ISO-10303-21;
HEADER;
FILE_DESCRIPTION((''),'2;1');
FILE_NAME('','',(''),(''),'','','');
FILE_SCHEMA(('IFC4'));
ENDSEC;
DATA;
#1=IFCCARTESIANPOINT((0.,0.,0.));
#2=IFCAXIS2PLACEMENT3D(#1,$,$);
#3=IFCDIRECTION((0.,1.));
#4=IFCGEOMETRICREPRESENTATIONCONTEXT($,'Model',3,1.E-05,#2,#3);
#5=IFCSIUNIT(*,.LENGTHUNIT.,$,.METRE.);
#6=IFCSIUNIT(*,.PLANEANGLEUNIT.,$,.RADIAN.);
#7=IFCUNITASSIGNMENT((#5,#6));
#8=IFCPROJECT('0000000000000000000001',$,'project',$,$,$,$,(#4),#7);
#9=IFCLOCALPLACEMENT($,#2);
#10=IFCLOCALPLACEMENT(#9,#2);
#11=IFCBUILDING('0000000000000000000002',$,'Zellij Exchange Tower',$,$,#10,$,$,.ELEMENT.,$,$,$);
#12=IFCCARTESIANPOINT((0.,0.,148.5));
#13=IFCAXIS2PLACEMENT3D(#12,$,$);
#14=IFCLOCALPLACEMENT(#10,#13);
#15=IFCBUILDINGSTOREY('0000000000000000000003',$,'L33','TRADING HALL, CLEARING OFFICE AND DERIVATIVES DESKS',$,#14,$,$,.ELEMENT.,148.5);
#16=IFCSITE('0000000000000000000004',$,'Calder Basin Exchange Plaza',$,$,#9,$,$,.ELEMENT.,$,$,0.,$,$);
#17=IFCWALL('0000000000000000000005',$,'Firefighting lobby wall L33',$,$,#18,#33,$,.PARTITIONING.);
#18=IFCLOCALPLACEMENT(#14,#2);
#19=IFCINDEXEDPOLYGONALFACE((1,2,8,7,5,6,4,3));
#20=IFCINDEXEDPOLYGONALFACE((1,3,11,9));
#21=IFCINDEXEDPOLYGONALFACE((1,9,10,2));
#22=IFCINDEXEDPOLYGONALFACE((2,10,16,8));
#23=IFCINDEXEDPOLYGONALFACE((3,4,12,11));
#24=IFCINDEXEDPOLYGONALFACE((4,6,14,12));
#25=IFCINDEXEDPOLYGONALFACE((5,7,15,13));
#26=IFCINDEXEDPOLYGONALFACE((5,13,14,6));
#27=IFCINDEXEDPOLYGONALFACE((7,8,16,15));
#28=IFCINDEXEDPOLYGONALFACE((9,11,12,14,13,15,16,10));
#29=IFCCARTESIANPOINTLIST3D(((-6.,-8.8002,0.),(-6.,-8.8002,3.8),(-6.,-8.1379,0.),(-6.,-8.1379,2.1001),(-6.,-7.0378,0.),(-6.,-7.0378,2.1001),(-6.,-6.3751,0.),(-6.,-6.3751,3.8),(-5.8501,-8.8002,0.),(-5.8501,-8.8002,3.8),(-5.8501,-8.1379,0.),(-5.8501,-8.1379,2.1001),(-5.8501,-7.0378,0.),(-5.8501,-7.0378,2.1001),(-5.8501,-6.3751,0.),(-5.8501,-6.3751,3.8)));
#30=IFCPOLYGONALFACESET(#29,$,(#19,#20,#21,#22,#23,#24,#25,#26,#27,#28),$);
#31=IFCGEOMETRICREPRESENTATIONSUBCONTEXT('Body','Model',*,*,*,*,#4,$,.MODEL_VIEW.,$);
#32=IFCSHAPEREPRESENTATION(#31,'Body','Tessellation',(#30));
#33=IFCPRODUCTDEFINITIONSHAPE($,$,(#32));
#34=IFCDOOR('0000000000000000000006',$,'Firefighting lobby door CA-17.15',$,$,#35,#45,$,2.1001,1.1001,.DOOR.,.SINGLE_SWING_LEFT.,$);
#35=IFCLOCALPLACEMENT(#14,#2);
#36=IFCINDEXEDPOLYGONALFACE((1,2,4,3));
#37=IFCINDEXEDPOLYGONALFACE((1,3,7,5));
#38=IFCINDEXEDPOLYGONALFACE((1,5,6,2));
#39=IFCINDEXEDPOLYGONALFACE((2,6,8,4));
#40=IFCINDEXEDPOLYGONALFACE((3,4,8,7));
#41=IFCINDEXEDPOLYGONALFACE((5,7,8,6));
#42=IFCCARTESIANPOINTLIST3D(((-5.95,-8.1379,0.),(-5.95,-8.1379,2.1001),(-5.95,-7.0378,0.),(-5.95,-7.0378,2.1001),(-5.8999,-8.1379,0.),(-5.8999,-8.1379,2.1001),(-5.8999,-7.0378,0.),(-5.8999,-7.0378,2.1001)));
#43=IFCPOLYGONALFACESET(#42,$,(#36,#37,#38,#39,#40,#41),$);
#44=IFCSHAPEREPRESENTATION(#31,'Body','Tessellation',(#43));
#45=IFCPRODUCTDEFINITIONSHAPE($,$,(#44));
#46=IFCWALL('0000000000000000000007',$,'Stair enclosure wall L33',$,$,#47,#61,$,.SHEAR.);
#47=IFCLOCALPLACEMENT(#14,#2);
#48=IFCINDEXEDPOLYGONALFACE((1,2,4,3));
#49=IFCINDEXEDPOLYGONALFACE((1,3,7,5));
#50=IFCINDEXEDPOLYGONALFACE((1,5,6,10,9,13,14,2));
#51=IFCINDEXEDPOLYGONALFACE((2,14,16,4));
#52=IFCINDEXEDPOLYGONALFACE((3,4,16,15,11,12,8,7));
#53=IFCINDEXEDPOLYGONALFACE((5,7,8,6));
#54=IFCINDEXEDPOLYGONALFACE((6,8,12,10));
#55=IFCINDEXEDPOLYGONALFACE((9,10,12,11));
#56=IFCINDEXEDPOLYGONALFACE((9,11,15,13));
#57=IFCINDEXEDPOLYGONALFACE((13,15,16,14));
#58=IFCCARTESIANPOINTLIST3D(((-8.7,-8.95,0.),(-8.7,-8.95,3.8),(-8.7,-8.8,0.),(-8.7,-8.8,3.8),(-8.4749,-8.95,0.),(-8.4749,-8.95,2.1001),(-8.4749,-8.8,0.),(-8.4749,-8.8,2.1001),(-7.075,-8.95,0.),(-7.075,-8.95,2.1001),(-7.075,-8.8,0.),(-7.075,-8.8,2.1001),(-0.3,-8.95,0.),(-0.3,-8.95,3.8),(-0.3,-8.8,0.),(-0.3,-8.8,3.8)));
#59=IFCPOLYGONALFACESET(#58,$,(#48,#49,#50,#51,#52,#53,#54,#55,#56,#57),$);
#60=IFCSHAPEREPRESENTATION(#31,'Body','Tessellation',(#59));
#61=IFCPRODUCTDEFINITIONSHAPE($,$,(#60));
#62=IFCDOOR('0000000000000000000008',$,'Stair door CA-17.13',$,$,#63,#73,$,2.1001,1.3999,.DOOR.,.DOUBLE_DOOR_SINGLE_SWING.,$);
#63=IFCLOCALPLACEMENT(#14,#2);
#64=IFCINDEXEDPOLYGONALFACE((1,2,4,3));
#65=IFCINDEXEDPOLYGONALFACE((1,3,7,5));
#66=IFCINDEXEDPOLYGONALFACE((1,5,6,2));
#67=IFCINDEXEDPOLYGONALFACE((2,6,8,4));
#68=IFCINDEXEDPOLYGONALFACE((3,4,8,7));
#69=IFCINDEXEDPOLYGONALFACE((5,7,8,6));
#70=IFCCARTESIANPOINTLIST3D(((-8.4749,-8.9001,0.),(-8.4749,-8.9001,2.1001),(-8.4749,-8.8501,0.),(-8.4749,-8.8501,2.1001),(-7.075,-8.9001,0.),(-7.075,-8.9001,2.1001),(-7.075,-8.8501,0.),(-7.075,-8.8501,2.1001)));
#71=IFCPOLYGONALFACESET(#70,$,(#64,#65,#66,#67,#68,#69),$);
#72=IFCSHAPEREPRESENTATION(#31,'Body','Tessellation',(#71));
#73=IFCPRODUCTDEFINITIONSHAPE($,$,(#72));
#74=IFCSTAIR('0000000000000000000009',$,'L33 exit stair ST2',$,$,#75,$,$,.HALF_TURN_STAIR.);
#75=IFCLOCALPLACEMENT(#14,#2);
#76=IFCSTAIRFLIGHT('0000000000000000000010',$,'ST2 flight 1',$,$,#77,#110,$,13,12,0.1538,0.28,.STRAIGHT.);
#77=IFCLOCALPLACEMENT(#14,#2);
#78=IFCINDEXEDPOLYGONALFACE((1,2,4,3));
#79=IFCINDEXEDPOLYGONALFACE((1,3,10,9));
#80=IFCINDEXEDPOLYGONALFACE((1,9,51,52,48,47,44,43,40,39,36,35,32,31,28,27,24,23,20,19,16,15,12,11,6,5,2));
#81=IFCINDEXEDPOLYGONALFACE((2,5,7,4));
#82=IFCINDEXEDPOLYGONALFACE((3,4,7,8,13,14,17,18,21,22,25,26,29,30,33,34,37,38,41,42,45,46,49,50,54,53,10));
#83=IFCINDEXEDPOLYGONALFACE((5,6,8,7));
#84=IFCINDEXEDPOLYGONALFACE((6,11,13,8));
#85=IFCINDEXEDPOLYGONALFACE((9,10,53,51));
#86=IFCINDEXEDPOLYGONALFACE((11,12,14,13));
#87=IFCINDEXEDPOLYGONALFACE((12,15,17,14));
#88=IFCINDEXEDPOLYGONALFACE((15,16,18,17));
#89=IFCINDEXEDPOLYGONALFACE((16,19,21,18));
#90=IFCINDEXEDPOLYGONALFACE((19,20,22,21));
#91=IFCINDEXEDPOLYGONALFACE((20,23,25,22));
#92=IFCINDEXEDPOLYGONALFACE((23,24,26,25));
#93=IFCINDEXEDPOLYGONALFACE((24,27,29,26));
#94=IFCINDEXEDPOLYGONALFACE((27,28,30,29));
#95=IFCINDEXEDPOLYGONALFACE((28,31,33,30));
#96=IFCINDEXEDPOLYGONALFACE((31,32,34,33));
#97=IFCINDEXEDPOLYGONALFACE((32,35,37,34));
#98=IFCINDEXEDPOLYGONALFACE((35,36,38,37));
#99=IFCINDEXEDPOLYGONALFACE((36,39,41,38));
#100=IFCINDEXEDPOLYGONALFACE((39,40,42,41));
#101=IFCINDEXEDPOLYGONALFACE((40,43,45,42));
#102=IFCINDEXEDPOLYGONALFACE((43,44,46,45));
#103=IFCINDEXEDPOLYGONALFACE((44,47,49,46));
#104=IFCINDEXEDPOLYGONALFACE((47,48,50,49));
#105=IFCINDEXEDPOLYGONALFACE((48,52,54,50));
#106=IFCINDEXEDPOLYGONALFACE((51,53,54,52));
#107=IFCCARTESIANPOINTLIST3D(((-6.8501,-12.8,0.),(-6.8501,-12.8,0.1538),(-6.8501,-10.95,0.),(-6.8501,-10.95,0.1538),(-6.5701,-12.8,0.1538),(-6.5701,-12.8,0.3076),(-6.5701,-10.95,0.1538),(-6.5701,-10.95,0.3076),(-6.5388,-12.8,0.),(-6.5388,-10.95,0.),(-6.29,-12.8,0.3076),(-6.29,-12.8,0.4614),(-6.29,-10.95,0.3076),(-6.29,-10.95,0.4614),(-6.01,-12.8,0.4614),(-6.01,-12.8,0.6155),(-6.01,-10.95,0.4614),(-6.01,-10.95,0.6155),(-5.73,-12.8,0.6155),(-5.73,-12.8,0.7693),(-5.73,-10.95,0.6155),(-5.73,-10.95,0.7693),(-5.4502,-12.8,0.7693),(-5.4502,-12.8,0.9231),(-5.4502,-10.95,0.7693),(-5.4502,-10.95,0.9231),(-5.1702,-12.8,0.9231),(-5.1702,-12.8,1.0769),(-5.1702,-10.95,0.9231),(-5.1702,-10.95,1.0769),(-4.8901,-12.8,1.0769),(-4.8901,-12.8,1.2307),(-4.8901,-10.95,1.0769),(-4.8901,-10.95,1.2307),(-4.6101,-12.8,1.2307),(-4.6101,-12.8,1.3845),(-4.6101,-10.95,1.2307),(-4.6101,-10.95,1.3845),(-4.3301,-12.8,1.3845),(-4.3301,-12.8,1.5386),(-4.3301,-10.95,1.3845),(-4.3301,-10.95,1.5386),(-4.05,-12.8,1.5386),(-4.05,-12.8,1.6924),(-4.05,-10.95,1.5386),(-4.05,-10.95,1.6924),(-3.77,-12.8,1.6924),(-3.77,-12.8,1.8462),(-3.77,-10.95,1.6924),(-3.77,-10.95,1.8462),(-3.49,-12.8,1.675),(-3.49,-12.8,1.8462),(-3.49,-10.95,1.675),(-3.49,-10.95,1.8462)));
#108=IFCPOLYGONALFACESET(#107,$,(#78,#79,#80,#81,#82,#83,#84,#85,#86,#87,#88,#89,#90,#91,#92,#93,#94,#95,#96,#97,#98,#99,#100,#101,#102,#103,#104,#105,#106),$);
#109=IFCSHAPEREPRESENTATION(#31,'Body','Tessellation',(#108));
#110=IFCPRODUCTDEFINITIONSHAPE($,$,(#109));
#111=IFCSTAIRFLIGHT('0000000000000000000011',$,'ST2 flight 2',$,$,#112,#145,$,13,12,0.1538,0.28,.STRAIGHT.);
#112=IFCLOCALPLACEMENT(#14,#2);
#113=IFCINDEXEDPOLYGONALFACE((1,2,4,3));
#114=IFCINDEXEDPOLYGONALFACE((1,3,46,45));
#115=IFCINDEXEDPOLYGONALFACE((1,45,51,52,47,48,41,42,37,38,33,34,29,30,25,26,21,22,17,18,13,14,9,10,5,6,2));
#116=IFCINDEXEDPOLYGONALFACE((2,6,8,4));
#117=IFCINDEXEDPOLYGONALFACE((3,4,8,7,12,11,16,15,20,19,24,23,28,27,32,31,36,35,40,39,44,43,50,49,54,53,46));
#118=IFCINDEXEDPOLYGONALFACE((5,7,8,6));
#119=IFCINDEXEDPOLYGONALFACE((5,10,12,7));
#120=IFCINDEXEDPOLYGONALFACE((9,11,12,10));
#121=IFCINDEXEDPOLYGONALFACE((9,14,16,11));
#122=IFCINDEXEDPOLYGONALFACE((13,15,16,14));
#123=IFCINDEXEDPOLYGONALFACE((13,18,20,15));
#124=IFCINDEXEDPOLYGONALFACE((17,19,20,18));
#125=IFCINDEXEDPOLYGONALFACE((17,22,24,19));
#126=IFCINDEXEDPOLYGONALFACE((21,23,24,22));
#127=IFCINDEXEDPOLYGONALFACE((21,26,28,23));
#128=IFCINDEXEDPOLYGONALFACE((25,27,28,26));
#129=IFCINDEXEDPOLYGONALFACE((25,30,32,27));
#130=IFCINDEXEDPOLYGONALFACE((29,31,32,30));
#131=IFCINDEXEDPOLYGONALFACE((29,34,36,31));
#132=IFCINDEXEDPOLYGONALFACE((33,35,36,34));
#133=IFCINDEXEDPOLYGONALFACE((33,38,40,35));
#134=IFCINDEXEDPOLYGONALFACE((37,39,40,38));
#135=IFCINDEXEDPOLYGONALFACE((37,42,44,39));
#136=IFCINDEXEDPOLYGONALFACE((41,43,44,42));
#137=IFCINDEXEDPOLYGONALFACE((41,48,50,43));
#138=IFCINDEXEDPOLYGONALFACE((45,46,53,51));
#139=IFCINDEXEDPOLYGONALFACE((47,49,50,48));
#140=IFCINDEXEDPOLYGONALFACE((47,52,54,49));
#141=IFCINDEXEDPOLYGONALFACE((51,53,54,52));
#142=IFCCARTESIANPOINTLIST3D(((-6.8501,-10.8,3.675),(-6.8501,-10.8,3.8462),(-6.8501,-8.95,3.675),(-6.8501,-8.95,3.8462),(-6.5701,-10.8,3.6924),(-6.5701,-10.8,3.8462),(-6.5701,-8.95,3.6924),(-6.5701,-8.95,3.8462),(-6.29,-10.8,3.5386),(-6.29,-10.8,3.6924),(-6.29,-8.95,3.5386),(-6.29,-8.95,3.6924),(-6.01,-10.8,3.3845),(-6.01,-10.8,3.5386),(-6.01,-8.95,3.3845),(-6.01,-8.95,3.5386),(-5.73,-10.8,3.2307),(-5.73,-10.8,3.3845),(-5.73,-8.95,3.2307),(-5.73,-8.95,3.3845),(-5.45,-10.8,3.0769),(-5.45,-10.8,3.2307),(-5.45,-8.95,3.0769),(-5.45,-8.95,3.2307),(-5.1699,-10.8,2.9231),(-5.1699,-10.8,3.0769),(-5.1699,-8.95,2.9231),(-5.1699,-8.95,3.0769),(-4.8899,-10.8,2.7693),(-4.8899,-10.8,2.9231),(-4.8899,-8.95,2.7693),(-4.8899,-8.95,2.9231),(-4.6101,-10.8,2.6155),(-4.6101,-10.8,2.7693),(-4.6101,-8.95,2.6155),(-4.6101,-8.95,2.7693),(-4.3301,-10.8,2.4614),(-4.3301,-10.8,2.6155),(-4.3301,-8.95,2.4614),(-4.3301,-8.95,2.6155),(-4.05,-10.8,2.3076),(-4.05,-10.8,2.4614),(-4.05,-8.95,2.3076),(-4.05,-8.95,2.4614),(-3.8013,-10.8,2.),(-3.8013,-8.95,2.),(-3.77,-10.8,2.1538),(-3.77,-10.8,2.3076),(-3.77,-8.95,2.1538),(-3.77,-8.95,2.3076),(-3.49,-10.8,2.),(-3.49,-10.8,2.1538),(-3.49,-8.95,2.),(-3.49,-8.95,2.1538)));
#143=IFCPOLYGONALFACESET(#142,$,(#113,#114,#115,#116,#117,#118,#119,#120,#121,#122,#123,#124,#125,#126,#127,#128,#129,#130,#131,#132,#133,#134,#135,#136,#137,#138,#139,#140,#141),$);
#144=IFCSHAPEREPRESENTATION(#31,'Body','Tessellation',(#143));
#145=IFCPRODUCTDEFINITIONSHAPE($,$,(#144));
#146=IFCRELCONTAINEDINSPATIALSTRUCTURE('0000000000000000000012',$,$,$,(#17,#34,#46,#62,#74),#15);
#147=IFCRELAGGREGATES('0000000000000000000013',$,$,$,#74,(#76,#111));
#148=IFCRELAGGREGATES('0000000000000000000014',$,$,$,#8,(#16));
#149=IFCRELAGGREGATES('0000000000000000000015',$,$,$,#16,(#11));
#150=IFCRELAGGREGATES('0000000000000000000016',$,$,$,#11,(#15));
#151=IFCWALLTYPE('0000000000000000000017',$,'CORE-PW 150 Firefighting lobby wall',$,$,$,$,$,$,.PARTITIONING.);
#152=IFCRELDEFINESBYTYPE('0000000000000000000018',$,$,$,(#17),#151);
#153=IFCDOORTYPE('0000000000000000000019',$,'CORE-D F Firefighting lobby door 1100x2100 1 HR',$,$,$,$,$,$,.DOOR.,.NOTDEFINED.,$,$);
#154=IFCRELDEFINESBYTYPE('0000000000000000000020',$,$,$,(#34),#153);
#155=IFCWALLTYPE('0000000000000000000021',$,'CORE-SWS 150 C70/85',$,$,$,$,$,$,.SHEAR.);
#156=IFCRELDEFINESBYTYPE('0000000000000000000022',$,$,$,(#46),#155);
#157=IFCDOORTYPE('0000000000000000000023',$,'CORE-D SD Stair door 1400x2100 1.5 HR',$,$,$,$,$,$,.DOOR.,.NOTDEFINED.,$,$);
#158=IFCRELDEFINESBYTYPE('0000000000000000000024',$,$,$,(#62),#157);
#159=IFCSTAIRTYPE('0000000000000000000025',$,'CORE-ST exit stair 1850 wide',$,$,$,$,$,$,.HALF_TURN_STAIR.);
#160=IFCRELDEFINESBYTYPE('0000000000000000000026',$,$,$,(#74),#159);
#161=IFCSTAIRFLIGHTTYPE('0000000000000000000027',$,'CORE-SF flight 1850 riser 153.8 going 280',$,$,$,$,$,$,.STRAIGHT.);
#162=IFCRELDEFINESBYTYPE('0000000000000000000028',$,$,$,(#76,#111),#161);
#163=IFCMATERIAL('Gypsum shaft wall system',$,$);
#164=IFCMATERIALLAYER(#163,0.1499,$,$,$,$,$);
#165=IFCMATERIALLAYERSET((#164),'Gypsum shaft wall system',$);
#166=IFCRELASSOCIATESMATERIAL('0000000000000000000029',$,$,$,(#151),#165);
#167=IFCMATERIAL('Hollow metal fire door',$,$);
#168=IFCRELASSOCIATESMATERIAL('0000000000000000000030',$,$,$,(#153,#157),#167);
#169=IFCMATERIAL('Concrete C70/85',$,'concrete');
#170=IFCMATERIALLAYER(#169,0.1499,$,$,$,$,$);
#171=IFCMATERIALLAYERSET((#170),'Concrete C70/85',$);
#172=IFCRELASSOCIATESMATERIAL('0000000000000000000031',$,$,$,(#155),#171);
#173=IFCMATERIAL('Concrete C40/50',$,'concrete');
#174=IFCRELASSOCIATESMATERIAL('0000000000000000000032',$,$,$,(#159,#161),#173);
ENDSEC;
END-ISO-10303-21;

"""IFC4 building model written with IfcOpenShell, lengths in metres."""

from ifc_helpers import new_model, si_unit, direction, frame, frame_2d, origin, place, context, subcontext, project, spatial, polyline, rectangle, outline, extrude, material, layer, layer_set, type_object, element, fill, aggregate, save


model = new_model("IFC4")

# Units and contexts
model_context = context("Model", 3, precision=1e-05, world=origin(), true_north=direction((0.0, 1.0)))
body_context = subcontext(model_context, "Body", "Model", "MODEL_VIEW")
ifc_project = project(units=[si_unit("LENGTHUNIT", "METRE"), si_unit("PLANEANGLEUNIT", "RADIAN")], contexts=[model_context])

# Site, building, storey
site_placement = place(None, origin())
site = spatial("IfcSite", under=ifc_project, at=site_placement, Name="Calder Basin Exchange Plaza", CompositionType="ELEMENT", RefElevation=0.0)
building_placement = place(site_placement, origin())
building = spatial("IfcBuilding", under=site, at=building_placement, Name="Zellij Exchange Tower", CompositionType="ELEMENT")
storey_placement = place(building_placement, frame((0.0, 0.0, 148.5)))
storey = spatial("IfcBuildingStorey", under=building, at=storey_placement, Name="L33", Description="TRADING HALL, CLEARING OFFICE AND DERIVATIVES DESKS", CompositionType="ELEMENT", Elevation=148.5)

# Shared definitions
ifc_material_1 = material(Name="Concrete C70/85", Category="concrete")

# Walls, openings, doors
ifc_material_2 = material(Name="Gypsum shaft wall system")
ifc_layer_1 = layer(ifc_material_2, 0.1499)
ifc_layer_set_1 = layer_set([ifc_layer_1], Name="Gypsum shaft wall system")
wall_type_1 = type_object("IfcWallType", Name="CORE-PW 150 Firefighting lobby wall", PredefinedType="PARTITIONING", material=ifc_layer_set_1)
wall_1_placement = place(storey_placement, frame((-5.925, -8.8, 0.0), z_axis=(0.0, 0.0, 1.0), x_axis=(0.0, 1.0, 0.0)))
wall_1 = element("IfcWall", 1, at=wall_1_placement, inside=storey, type_object=wall_type_1, Name="Firefighting lobby wall L33", PredefinedType="PARTITIONING", context=body_context, shape_type="SweptSolid", body=[
    extrude(rectangle(XDim=2.425, YDim=0.1499, at=frame_2d((1.2124, 0.0))), origin(), (0.0, 0.0, 1.0), 3.8),
])
opening_1_placement = place(wall_1_placement, frame((0.6621, 0.0, 0.0)))
opening_1 = element("IfcOpeningElement", 2, at=opening_1_placement, cuts=wall_1, PredefinedType="OPENING", context=body_context, shape_type="SweptSolid", body=[
    extrude(rectangle(XDim=1.1001, YDim=2.1001, at=frame_2d((0.55, 1.05))), frame((0.0, 0.0869, 0.0), z_axis=(0.0, -1.0, 0.0), x_axis=(1.0, 0.0, 0.0)), (0.0, 0.0, 1.0), 0.1738),
])
ifc_material_3 = material(Name="Hollow metal fire door")
door_type_1 = type_object("IfcDoorType", Name="CORE-D F Firefighting lobby door 1100x2100 1 HR", OperationType="NOTDEFINED", PredefinedType="DOOR", material=ifc_material_3)
door_1_placement = place(opening_1_placement, origin())
door_1 = element("IfcDoor", 3, at=door_1_placement, inside=storey, type_object=door_type_1, Name="Firefighting lobby door CA-17.15", OperationType="SINGLE_SWING_LEFT", OverallHeight=2.1001, OverallWidth=1.1001, PredefinedType="DOOR", context=body_context, shape_type="SweptSolid", body=[
    extrude(rectangle(XDim=1.1001, YDim=2.1001, at=frame_2d((0.55, 1.05))), frame((0.0, 0.0249, 0.0), z_axis=(0.0, -1.0, 0.0), x_axis=(1.0, 0.0, 0.0)), (0.0, 0.0, 1.0), 0.05),
])
fill(opening_1, door_1)
ifc_layer_2 = layer(ifc_material_1, 0.1499)
ifc_layer_set_2 = layer_set([ifc_layer_2], Name="Concrete C70/85")
wall_type_2 = type_object("IfcWallType", Name="CORE-SWS 150 C70/85", PredefinedType="SHEAR", material=ifc_layer_set_2)
wall_2_placement = place(storey_placement, frame((-8.7, -8.875, 0.0), z_axis=(0.0, 0.0, 1.0), x_axis=(1.0, 0.0, 0.0)))
wall_2 = element("IfcWall", 4, at=wall_2_placement, inside=storey, type_object=wall_type_2, Name="Stair enclosure wall L33", PredefinedType="SHEAR", context=body_context, shape_type="SweptSolid", body=[
    extrude(rectangle(XDim=8.3999, YDim=0.1499, at=frame_2d((4.2, 0.0))), origin(), (0.0, 0.0, 1.0), 3.8),
])
opening_2_placement = place(wall_2_placement, frame((0.2251, 0.0, 0.0)))
opening_2 = element("IfcOpeningElement", 5, at=opening_2_placement, cuts=wall_2, PredefinedType="OPENING", context=body_context, shape_type="SweptSolid", body=[
    extrude(rectangle(XDim=1.3999, YDim=2.1001, at=frame_2d((0.7, 1.05))), frame((0.0, 0.0869, 0.0), z_axis=(0.0, -1.0, 0.0), x_axis=(1.0, 0.0, 0.0)), (0.0, 0.0, 1.0), 0.1738),
])
door_type_2 = type_object("IfcDoorType", Name="CORE-D SD Stair door 1400x2100 1.5 HR", OperationType="NOTDEFINED", PredefinedType="DOOR", material=ifc_material_3)
door_2_placement = place(opening_2_placement, origin())
door_2 = element("IfcDoor", 6, at=door_2_placement, inside=storey, type_object=door_type_2, Name="Stair door CA-17.13", OperationType="DOUBLE_DOOR_SINGLE_SWING", OverallHeight=2.1001, OverallWidth=1.3999, PredefinedType="DOOR", context=body_context, shape_type="SweptSolid", body=[
    extrude(rectangle(XDim=1.3999, YDim=2.1001, at=frame_2d((0.7, 1.05))), frame((0.0, 0.0249, 0.0), z_axis=(0.0, -1.0, 0.0), x_axis=(1.0, 0.0, 0.0)), (0.0, 0.0, 1.0), 0.05),
])
fill(opening_2, door_2)

# Stair, stair flights
ifc_material_4 = material(Name="Concrete C40/50", Category="concrete")
stair_type = type_object("IfcStairType", Name="CORE-ST exit stair 1850 wide", PredefinedType="HALF_TURN_STAIR", material=ifc_material_4)
stair_placement = place(storey_placement, origin())
stair = element("IfcStair", 7, at=stair_placement, inside=storey, type_object=stair_type, Name="L33 exit stair ST2", PredefinedType="HALF_TURN_STAIR")
stair_flight_type = type_object("IfcStairFlightType", Name="CORE-SF flight 1850 riser 153.8 going 280", PredefinedType="STRAIGHT", material=ifc_material_4)
stair_flight_1_placement = place(storey_placement, frame((-6.8501, -11.875, 0.0), z_axis=(0.0, 0.0, 1.0), x_axis=(1.0, 0.0, 0.0)))
stair_flight_1 = element("IfcStairFlight", 8, at=stair_flight_1_placement, type_object=stair_flight_type, Name="ST2 flight 1", NumberOfRisers=13, NumberOfTreads=12, PredefinedType="STRAIGHT", RiserHeight=0.1538, TreadLength=0.28, context=body_context, shape_type="SweptSolid", body=[
    extrude(outline(polyline([(0.0, 0.0), (0.0, 0.1538), (0.28, 0.1538), (0.28, 0.3076), (0.5601, 0.3076), (0.5601, 0.4614), (0.8401, 0.4614), (0.8401, 0.6155), (1.1201, 0.6155), (1.1201, 0.7693), (1.3999, 0.7693), (1.3999, 0.9231), (1.6799, 0.9231), (1.6799, 1.0769), (1.96, 1.0769), (1.96, 1.2307), (2.24, 1.2307), (2.24, 1.3845), (2.52, 1.3845), (2.52, 1.5386), (2.8, 1.5386), (2.8, 1.6924), (3.0801, 1.6924), (3.0801, 1.8462), (3.3601, 1.8462), (3.3601, 2.0), (3.3601, 1.675), (0.3113, 0.0), (0.0, 0.0)])), frame((0.0, 0.925, 0.0), z_axis=(0.0, -1.0, 0.0), x_axis=(1.0, 0.0, 0.0)), (0.0, 0.0, 1.0), 1.8501),
])
stair_flight_2_placement = place(storey_placement, frame((-3.49, -9.875, 2.0), z_axis=(0.0, 0.0, 1.0), x_axis=(-1.0, 0.0, 0.0)))
stair_flight_2 = element("IfcStairFlight", 9, at=stair_flight_2_placement, type_object=stair_flight_type, Name="ST2 flight 2", NumberOfRisers=13, NumberOfTreads=12, PredefinedType="STRAIGHT", RiserHeight=0.1538, TreadLength=0.28, context=body_context, shape_type="SweptSolid", body=[
    extrude(outline(polyline([(0.0, 0.0), (0.0, 0.1538), (0.28, 0.1538), (0.28, 0.3076), (0.5601, 0.3076), (0.5601, 0.4614), (0.8401, 0.4614), (0.8401, 0.6155), (1.1201, 0.6155), (1.1201, 0.7693), (1.3999, 0.7693), (1.3999, 0.9231), (1.6799, 0.9231), (1.6799, 1.0769), (1.96, 1.0769), (1.96, 1.2307), (2.24, 1.2307), (2.24, 1.3845), (2.52, 1.3845), (2.52, 1.5386), (2.8, 1.5386), (2.8, 1.6924), (3.0801, 1.6924), (3.0801, 1.8462), (3.3601, 1.8462), (3.3601, 2.0), (3.3601, 1.675), (0.3113, 0.0), (0.0, 0.0)])), frame((0.0, 0.925, 0.0), z_axis=(0.0, -1.0, 0.0), x_axis=(1.0, 0.0, 0.0)), (0.0, 0.0, 1.0), 1.8501),
])
aggregate(stair, [stair_flight_1, stair_flight_2])

save(model, "model.ifc")
